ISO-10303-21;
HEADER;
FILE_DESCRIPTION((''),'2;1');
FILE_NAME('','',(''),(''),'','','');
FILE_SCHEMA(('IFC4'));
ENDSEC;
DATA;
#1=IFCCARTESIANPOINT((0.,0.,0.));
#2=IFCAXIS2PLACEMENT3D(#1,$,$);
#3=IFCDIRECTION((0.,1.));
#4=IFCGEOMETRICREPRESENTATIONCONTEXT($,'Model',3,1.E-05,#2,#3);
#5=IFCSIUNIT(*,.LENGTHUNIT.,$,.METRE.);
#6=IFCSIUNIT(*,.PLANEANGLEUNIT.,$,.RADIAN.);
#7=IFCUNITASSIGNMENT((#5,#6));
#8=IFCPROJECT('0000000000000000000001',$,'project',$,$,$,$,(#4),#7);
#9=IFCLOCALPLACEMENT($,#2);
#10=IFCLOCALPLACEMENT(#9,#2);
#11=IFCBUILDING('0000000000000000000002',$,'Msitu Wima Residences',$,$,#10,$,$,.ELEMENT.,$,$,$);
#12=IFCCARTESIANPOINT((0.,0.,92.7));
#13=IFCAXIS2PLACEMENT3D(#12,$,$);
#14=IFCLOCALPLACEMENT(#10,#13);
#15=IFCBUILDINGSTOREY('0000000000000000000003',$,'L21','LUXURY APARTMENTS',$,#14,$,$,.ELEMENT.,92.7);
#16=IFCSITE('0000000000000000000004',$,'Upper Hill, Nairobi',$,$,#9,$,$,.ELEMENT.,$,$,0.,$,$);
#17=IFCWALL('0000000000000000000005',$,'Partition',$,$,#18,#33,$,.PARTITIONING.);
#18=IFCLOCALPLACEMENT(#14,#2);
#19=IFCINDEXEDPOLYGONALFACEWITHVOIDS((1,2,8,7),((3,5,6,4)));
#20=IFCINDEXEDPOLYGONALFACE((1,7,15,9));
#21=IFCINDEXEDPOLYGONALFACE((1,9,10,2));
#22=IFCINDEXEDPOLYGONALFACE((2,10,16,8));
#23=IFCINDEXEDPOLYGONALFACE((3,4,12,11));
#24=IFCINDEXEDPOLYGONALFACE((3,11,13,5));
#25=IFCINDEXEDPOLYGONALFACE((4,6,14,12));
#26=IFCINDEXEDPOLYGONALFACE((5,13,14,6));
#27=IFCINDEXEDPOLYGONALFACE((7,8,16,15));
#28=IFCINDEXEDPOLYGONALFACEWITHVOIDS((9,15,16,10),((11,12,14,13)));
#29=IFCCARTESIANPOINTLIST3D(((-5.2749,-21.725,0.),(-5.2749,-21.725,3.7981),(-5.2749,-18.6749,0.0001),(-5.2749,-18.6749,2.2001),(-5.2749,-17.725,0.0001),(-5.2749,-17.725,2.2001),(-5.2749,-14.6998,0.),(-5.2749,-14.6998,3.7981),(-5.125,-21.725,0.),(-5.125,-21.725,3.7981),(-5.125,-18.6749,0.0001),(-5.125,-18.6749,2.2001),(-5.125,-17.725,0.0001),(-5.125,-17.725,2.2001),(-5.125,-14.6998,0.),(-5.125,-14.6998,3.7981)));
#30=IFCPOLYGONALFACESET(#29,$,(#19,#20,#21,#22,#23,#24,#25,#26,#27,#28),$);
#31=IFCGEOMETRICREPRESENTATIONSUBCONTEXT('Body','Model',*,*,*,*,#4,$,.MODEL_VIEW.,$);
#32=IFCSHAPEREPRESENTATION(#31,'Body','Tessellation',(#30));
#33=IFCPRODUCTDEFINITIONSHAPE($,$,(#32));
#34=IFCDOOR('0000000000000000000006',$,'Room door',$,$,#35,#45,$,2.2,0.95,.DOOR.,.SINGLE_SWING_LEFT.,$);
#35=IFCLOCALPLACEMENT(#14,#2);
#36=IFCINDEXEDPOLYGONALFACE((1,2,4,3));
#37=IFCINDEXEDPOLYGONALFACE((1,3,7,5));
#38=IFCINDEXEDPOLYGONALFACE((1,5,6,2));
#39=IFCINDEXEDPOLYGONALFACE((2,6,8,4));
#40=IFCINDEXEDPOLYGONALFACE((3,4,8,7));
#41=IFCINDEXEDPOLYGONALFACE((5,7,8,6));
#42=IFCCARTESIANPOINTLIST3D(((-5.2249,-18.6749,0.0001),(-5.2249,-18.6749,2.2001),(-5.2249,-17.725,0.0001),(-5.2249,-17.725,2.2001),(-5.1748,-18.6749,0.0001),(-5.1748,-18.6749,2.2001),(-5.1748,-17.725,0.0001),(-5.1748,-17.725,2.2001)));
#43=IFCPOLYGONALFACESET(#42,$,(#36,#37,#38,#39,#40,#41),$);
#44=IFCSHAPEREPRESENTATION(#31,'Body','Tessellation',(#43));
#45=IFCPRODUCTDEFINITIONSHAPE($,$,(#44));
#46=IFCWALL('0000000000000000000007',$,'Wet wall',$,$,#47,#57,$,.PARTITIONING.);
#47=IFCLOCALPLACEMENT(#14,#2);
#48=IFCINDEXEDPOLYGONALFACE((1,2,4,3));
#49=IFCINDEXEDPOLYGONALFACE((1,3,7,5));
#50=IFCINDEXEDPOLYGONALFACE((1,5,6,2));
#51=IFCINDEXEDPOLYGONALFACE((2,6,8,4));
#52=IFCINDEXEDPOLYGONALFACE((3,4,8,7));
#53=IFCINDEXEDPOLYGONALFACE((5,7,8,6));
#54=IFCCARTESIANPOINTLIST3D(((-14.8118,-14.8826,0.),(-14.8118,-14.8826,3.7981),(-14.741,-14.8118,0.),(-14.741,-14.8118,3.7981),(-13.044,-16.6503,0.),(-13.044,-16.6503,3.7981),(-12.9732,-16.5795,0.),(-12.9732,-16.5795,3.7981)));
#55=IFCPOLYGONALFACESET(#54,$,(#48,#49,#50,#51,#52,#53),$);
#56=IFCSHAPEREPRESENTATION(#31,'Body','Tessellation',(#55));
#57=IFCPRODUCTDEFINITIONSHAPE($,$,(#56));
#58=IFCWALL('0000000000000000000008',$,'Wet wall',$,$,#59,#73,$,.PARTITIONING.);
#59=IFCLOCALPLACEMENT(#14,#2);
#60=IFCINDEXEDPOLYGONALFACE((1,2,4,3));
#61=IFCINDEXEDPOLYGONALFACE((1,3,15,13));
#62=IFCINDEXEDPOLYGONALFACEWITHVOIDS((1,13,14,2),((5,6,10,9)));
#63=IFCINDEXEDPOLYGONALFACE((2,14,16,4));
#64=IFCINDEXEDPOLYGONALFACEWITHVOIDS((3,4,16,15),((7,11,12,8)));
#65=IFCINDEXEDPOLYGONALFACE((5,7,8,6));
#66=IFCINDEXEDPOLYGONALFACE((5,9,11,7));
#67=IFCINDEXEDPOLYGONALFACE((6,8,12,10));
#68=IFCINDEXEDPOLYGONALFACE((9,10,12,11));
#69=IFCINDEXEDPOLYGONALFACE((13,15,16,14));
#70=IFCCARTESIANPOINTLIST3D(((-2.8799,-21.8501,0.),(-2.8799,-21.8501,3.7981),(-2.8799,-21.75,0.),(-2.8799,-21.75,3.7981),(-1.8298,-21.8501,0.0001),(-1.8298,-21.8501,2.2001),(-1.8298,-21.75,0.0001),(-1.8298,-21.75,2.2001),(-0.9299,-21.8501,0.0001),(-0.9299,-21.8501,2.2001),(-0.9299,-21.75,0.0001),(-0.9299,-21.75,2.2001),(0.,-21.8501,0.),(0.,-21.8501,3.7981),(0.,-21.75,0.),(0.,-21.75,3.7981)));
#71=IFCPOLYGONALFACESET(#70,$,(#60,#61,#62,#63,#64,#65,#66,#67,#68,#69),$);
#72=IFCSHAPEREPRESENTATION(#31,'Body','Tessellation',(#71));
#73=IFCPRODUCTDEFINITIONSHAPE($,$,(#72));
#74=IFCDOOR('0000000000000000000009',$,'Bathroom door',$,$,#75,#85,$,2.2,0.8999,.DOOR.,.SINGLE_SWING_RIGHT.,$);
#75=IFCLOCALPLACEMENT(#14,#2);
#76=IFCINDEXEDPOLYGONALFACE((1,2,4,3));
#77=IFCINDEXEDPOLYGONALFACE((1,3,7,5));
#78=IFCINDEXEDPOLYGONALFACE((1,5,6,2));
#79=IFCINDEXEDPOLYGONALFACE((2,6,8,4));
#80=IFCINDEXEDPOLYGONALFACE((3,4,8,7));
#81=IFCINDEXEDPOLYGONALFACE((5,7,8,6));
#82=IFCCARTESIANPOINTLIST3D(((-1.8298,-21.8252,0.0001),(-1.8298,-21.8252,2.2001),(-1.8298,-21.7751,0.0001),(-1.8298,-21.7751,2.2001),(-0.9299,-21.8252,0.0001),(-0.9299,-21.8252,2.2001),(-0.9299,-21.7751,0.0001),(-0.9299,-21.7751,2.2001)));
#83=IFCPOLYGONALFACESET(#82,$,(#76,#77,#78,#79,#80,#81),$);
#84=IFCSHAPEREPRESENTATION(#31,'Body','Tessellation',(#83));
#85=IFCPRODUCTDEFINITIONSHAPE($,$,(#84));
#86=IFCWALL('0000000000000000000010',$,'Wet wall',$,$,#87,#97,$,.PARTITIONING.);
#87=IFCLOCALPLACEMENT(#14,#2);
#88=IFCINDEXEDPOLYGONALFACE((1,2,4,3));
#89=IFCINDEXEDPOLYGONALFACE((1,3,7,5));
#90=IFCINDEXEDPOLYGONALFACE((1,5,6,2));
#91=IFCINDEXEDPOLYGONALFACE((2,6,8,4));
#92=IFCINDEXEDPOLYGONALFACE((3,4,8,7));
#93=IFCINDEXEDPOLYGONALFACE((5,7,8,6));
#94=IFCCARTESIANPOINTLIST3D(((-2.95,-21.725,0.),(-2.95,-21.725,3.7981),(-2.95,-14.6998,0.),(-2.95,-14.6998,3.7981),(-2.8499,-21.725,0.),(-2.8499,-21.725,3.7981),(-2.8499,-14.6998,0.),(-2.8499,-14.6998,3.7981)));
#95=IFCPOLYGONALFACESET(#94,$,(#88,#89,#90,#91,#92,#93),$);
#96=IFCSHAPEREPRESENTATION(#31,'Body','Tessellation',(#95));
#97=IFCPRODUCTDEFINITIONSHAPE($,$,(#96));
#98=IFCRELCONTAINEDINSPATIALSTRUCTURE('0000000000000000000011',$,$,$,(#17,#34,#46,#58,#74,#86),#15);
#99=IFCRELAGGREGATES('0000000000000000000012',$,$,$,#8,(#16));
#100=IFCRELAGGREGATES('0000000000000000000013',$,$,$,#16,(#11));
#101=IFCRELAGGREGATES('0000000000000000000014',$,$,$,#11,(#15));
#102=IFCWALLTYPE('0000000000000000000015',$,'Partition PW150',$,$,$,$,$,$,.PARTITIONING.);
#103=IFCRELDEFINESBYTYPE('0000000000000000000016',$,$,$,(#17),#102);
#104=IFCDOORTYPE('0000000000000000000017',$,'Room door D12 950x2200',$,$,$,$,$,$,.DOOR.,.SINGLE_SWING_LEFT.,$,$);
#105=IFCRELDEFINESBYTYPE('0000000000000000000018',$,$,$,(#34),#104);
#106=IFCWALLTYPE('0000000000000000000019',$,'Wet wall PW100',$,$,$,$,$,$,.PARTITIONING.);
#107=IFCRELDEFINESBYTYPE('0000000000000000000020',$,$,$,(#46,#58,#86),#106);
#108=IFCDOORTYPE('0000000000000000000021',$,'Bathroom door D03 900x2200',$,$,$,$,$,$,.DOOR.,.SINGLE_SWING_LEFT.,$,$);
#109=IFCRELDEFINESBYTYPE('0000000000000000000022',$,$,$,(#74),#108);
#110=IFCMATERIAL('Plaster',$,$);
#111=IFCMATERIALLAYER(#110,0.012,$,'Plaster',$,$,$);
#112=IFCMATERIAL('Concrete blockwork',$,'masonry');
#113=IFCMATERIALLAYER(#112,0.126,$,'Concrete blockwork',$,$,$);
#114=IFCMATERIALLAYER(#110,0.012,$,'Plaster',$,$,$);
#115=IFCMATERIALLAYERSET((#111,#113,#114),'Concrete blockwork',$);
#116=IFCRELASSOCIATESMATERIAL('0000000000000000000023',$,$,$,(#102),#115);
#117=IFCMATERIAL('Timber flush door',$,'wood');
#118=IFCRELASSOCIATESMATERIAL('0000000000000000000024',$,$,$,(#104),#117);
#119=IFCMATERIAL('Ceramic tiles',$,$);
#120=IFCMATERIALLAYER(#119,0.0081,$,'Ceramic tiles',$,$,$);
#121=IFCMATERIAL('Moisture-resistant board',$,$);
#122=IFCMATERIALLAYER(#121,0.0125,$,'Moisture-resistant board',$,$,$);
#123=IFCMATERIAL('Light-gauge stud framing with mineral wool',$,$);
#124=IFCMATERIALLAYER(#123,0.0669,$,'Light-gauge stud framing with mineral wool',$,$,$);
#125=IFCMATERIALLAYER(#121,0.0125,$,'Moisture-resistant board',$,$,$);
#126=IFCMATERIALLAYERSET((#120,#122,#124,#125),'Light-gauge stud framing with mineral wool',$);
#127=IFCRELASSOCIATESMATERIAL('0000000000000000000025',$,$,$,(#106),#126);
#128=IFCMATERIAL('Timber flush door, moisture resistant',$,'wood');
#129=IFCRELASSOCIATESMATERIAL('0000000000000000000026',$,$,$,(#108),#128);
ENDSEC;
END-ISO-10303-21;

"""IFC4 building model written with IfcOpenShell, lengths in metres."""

from ifc_helpers import new_model, si_unit, direction, frame, frame_2d, origin, place, context, subcontext, project, spatial, rectangle, extrude, material, layer, layer_set, type_object, element, fill, save


model = new_model("IFC4")

# Units and contexts
model_context = context("Model", 3, precision=1e-05, world=origin(), true_north=direction((0.0, 1.0)))
body_context = subcontext(model_context, "Body", "Model", "MODEL_VIEW")
ifc_project = project(units=[si_unit("LENGTHUNIT", "METRE"), si_unit("PLANEANGLEUNIT", "RADIAN")], contexts=[model_context])

# Site, building, storey
site_placement = place(None, origin())
site = spatial("IfcSite", under=ifc_project, at=site_placement, Name="Upper Hill, Nairobi", CompositionType="ELEMENT", RefElevation=0.0)
building_placement = place(site_placement, origin())
building = spatial("IfcBuilding", under=site, at=building_placement, Name="Msitu Wima Residences", CompositionType="ELEMENT")
storey_placement = place(building_placement, frame((0.0, 0.0, 92.7)))
storey = spatial("IfcBuildingStorey", under=building, at=storey_placement, Name="L21", Description="LUXURY APARTMENTS", CompositionType="ELEMENT", Elevation=92.7)

# Shared definitions
ifc_material_1 = material(Name="Plaster")
ifc_layer_1 = layer(ifc_material_1, 0.012, Name="Plaster")
ifc_material_2 = material(Name="Concrete blockwork", Category="masonry")
ifc_layer_2 = layer(ifc_material_2, 0.126, Name="Concrete blockwork")
ifc_layer_3 = layer(ifc_material_1, 0.012, Name="Plaster")
ifc_layer_set_1 = layer_set([ifc_layer_1, ifc_layer_2, ifc_layer_3], Name="Concrete blockwork")
wall_type_1 = type_object("IfcWallType", Name="Partition PW150", PredefinedType="PARTITIONING", material=ifc_layer_set_1)
ifc_material_3 = material(Name="Timber flush door", Category="wood")
door_type_1 = type_object("IfcDoorType", Name="Room door D12 950x2200", OperationType="SINGLE_SWING_LEFT", PredefinedType="DOOR", material=ifc_material_3)

# Wall, opening, door
wall_1_placement = place(storey_placement, frame((-5.2, -21.7251, 0.0), z_axis=(0.0, 0.0, 1.0), x_axis=(0.0, 1.0, 0.0)))
wall_1 = element("IfcWall", 1, at=wall_1_placement, inside=storey, type_object=wall_type_1, Name="Partition", PredefinedType="PARTITIONING", context=body_context, shape_type="SweptSolid", body=[
    extrude(rectangle(XDim=7.0251, YDim=0.1499, at=frame_2d((3.5127, 0.0))), origin(), (0.0, 0.0, 1.0), 3.7981),
])
opening_1_placement = place(wall_1_placement, frame((3.05, 0.0, 0.0)))
opening_1 = element("IfcOpeningElement", 2, at=opening_1_placement, cuts=wall_1, PredefinedType="OPENING", context=body_context, shape_type="SweptSolid", body=[
    extrude(rectangle(XDim=0.95, YDim=2.2, at=frame_2d((0.4751, 1.1001))), frame((0.0, 0.085, 0.0), z_axis=(0.0, -1.0, 0.0), x_axis=(1.0, 0.0, 0.0)), (0.0, 0.0, 1.0), 0.1699),
])
door_1_placement = place(opening_1_placement, origin())
door_1 = element("IfcDoor", 3, at=door_1_placement, inside=storey, type_object=door_type_1, Name="Room door", OperationType="SINGLE_SWING_LEFT", OverallHeight=2.2, OverallWidth=0.95, PredefinedType="DOOR", context=body_context, shape_type="SweptSolid", body=[
    extrude(rectangle(XDim=0.95, YDim=2.2, at=frame_2d((0.4751, 1.1001))), frame((0.0, 0.0249, 0.0), z_axis=(0.0, -1.0, 0.0), x_axis=(1.0, 0.0, 0.0)), (0.0, 0.0, 1.0), 0.05),
])
fill(opening_1, door_1)

# Wall
ifc_material_4 = material(Name="Ceramic tiles")
ifc_layer_4 = layer(ifc_material_4, 0.0081, Name="Ceramic tiles")
ifc_material_5 = material(Name="Moisture-resistant board")
ifc_layer_5 = layer(ifc_material_5, 0.0125, Name="Moisture-resistant board")
ifc_material_6 = material(Name="Light-gauge stud framing with mineral wool")
ifc_layer_6 = layer(ifc_material_6, 0.0669, Name="Light-gauge stud framing with mineral wool")
ifc_layer_7 = layer(ifc_material_5, 0.0125, Name="Moisture-resistant board")
ifc_layer_set_2 = layer_set([ifc_layer_4, ifc_layer_5, ifc_layer_6, ifc_layer_7], Name="Light-gauge stud framing with mineral wool")
wall_type_2 = type_object("IfcWallType", Name="Wet wall PW100", PredefinedType="PARTITIONING", material=ifc_layer_set_2)
wall_2_placement = place(storey_placement, frame((-14.7764, -14.8472, 0.0), z_axis=(0.0, 0.0, 1.0), x_axis=(0.707107, -0.707107, 0.0)))
element("IfcWall", 4, at=wall_2_placement, inside=storey, type_object=wall_type_2, Name="Wet wall", PredefinedType="PARTITIONING", context=body_context, shape_type="SweptSolid", body=[
    extrude(rectangle(XDim=2.5, YDim=0.1001, at=frame_2d((1.25, 0.0))), origin(), (0.0, 0.0, 1.0), 3.7981),
])

# Wall, opening, door
wall_3_placement = place(storey_placement, frame((-2.8799, -21.8, 0.0), z_axis=(0.0, 0.0, 1.0), x_axis=(1.0, 0.0, 0.0)))
wall_3 = element("IfcWall", 5, at=wall_3_placement, inside=storey, type_object=wall_type_2, Name="Wet wall", PredefinedType="PARTITIONING", context=body_context, shape_type="SweptSolid", body=[
    extrude(rectangle(XDim=2.8799, YDim=0.1001, at=frame_2d((1.4399, 0.0))), origin(), (0.0, 0.0, 1.0), 3.7981),
])
opening_2_placement = place(wall_3_placement, frame((1.05, 0.0, 0.0)))
opening_2 = element("IfcOpeningElement", 6, at=opening_2_placement, cuts=wall_3, PredefinedType="OPENING", context=body_context, shape_type="SweptSolid", body=[
    extrude(rectangle(XDim=0.8999, YDim=2.2, at=frame_2d((0.45, 1.1001))), frame((0.0, 0.0601, 0.0), z_axis=(0.0, -1.0, 0.0), x_axis=(1.0, 0.0, 0.0)), (0.0, 0.0, 1.0), 0.1201),
])
ifc_material_7 = material(Name="Timber flush door, moisture resistant", Category="wood")
door_type_2 = type_object("IfcDoorType", Name="Bathroom door D03 900x2200", OperationType="SINGLE_SWING_LEFT", PredefinedType="DOOR", material=ifc_material_7)
door_2_placement = place(opening_2_placement, origin())
door_2 = element("IfcDoor", 7, at=door_2_placement, inside=storey, type_object=door_type_2, Name="Bathroom door", OperationType="SINGLE_SWING_RIGHT", OverallHeight=2.2, OverallWidth=0.8999, PredefinedType="DOOR", context=body_context, shape_type="SweptSolid", body=[
    extrude(rectangle(XDim=0.8999, YDim=2.2, at=frame_2d((0.45, 1.1001))), frame((0.0, 0.0249, 0.0), z_axis=(0.0, -1.0, 0.0), x_axis=(1.0, 0.0, 0.0)), (0.0, 0.0, 1.0), 0.05),
])
fill(opening_2, door_2)

# Wall
wall_4_placement = place(storey_placement, frame((-2.8999, -21.7251, 0.0), z_axis=(0.0, 0.0, 1.0), x_axis=(0.0, 1.0, 0.0)))
element("IfcWall", 8, at=wall_4_placement, inside=storey, type_object=wall_type_2, Name="Wet wall", PredefinedType="PARTITIONING", context=body_context, shape_type="SweptSolid", body=[
    extrude(rectangle(XDim=7.0251, YDim=0.1001, at=frame_2d((3.5127, 0.0))), origin(), (0.0, 0.0, 1.0), 3.7981),
])

save(model, "model.ifc")
